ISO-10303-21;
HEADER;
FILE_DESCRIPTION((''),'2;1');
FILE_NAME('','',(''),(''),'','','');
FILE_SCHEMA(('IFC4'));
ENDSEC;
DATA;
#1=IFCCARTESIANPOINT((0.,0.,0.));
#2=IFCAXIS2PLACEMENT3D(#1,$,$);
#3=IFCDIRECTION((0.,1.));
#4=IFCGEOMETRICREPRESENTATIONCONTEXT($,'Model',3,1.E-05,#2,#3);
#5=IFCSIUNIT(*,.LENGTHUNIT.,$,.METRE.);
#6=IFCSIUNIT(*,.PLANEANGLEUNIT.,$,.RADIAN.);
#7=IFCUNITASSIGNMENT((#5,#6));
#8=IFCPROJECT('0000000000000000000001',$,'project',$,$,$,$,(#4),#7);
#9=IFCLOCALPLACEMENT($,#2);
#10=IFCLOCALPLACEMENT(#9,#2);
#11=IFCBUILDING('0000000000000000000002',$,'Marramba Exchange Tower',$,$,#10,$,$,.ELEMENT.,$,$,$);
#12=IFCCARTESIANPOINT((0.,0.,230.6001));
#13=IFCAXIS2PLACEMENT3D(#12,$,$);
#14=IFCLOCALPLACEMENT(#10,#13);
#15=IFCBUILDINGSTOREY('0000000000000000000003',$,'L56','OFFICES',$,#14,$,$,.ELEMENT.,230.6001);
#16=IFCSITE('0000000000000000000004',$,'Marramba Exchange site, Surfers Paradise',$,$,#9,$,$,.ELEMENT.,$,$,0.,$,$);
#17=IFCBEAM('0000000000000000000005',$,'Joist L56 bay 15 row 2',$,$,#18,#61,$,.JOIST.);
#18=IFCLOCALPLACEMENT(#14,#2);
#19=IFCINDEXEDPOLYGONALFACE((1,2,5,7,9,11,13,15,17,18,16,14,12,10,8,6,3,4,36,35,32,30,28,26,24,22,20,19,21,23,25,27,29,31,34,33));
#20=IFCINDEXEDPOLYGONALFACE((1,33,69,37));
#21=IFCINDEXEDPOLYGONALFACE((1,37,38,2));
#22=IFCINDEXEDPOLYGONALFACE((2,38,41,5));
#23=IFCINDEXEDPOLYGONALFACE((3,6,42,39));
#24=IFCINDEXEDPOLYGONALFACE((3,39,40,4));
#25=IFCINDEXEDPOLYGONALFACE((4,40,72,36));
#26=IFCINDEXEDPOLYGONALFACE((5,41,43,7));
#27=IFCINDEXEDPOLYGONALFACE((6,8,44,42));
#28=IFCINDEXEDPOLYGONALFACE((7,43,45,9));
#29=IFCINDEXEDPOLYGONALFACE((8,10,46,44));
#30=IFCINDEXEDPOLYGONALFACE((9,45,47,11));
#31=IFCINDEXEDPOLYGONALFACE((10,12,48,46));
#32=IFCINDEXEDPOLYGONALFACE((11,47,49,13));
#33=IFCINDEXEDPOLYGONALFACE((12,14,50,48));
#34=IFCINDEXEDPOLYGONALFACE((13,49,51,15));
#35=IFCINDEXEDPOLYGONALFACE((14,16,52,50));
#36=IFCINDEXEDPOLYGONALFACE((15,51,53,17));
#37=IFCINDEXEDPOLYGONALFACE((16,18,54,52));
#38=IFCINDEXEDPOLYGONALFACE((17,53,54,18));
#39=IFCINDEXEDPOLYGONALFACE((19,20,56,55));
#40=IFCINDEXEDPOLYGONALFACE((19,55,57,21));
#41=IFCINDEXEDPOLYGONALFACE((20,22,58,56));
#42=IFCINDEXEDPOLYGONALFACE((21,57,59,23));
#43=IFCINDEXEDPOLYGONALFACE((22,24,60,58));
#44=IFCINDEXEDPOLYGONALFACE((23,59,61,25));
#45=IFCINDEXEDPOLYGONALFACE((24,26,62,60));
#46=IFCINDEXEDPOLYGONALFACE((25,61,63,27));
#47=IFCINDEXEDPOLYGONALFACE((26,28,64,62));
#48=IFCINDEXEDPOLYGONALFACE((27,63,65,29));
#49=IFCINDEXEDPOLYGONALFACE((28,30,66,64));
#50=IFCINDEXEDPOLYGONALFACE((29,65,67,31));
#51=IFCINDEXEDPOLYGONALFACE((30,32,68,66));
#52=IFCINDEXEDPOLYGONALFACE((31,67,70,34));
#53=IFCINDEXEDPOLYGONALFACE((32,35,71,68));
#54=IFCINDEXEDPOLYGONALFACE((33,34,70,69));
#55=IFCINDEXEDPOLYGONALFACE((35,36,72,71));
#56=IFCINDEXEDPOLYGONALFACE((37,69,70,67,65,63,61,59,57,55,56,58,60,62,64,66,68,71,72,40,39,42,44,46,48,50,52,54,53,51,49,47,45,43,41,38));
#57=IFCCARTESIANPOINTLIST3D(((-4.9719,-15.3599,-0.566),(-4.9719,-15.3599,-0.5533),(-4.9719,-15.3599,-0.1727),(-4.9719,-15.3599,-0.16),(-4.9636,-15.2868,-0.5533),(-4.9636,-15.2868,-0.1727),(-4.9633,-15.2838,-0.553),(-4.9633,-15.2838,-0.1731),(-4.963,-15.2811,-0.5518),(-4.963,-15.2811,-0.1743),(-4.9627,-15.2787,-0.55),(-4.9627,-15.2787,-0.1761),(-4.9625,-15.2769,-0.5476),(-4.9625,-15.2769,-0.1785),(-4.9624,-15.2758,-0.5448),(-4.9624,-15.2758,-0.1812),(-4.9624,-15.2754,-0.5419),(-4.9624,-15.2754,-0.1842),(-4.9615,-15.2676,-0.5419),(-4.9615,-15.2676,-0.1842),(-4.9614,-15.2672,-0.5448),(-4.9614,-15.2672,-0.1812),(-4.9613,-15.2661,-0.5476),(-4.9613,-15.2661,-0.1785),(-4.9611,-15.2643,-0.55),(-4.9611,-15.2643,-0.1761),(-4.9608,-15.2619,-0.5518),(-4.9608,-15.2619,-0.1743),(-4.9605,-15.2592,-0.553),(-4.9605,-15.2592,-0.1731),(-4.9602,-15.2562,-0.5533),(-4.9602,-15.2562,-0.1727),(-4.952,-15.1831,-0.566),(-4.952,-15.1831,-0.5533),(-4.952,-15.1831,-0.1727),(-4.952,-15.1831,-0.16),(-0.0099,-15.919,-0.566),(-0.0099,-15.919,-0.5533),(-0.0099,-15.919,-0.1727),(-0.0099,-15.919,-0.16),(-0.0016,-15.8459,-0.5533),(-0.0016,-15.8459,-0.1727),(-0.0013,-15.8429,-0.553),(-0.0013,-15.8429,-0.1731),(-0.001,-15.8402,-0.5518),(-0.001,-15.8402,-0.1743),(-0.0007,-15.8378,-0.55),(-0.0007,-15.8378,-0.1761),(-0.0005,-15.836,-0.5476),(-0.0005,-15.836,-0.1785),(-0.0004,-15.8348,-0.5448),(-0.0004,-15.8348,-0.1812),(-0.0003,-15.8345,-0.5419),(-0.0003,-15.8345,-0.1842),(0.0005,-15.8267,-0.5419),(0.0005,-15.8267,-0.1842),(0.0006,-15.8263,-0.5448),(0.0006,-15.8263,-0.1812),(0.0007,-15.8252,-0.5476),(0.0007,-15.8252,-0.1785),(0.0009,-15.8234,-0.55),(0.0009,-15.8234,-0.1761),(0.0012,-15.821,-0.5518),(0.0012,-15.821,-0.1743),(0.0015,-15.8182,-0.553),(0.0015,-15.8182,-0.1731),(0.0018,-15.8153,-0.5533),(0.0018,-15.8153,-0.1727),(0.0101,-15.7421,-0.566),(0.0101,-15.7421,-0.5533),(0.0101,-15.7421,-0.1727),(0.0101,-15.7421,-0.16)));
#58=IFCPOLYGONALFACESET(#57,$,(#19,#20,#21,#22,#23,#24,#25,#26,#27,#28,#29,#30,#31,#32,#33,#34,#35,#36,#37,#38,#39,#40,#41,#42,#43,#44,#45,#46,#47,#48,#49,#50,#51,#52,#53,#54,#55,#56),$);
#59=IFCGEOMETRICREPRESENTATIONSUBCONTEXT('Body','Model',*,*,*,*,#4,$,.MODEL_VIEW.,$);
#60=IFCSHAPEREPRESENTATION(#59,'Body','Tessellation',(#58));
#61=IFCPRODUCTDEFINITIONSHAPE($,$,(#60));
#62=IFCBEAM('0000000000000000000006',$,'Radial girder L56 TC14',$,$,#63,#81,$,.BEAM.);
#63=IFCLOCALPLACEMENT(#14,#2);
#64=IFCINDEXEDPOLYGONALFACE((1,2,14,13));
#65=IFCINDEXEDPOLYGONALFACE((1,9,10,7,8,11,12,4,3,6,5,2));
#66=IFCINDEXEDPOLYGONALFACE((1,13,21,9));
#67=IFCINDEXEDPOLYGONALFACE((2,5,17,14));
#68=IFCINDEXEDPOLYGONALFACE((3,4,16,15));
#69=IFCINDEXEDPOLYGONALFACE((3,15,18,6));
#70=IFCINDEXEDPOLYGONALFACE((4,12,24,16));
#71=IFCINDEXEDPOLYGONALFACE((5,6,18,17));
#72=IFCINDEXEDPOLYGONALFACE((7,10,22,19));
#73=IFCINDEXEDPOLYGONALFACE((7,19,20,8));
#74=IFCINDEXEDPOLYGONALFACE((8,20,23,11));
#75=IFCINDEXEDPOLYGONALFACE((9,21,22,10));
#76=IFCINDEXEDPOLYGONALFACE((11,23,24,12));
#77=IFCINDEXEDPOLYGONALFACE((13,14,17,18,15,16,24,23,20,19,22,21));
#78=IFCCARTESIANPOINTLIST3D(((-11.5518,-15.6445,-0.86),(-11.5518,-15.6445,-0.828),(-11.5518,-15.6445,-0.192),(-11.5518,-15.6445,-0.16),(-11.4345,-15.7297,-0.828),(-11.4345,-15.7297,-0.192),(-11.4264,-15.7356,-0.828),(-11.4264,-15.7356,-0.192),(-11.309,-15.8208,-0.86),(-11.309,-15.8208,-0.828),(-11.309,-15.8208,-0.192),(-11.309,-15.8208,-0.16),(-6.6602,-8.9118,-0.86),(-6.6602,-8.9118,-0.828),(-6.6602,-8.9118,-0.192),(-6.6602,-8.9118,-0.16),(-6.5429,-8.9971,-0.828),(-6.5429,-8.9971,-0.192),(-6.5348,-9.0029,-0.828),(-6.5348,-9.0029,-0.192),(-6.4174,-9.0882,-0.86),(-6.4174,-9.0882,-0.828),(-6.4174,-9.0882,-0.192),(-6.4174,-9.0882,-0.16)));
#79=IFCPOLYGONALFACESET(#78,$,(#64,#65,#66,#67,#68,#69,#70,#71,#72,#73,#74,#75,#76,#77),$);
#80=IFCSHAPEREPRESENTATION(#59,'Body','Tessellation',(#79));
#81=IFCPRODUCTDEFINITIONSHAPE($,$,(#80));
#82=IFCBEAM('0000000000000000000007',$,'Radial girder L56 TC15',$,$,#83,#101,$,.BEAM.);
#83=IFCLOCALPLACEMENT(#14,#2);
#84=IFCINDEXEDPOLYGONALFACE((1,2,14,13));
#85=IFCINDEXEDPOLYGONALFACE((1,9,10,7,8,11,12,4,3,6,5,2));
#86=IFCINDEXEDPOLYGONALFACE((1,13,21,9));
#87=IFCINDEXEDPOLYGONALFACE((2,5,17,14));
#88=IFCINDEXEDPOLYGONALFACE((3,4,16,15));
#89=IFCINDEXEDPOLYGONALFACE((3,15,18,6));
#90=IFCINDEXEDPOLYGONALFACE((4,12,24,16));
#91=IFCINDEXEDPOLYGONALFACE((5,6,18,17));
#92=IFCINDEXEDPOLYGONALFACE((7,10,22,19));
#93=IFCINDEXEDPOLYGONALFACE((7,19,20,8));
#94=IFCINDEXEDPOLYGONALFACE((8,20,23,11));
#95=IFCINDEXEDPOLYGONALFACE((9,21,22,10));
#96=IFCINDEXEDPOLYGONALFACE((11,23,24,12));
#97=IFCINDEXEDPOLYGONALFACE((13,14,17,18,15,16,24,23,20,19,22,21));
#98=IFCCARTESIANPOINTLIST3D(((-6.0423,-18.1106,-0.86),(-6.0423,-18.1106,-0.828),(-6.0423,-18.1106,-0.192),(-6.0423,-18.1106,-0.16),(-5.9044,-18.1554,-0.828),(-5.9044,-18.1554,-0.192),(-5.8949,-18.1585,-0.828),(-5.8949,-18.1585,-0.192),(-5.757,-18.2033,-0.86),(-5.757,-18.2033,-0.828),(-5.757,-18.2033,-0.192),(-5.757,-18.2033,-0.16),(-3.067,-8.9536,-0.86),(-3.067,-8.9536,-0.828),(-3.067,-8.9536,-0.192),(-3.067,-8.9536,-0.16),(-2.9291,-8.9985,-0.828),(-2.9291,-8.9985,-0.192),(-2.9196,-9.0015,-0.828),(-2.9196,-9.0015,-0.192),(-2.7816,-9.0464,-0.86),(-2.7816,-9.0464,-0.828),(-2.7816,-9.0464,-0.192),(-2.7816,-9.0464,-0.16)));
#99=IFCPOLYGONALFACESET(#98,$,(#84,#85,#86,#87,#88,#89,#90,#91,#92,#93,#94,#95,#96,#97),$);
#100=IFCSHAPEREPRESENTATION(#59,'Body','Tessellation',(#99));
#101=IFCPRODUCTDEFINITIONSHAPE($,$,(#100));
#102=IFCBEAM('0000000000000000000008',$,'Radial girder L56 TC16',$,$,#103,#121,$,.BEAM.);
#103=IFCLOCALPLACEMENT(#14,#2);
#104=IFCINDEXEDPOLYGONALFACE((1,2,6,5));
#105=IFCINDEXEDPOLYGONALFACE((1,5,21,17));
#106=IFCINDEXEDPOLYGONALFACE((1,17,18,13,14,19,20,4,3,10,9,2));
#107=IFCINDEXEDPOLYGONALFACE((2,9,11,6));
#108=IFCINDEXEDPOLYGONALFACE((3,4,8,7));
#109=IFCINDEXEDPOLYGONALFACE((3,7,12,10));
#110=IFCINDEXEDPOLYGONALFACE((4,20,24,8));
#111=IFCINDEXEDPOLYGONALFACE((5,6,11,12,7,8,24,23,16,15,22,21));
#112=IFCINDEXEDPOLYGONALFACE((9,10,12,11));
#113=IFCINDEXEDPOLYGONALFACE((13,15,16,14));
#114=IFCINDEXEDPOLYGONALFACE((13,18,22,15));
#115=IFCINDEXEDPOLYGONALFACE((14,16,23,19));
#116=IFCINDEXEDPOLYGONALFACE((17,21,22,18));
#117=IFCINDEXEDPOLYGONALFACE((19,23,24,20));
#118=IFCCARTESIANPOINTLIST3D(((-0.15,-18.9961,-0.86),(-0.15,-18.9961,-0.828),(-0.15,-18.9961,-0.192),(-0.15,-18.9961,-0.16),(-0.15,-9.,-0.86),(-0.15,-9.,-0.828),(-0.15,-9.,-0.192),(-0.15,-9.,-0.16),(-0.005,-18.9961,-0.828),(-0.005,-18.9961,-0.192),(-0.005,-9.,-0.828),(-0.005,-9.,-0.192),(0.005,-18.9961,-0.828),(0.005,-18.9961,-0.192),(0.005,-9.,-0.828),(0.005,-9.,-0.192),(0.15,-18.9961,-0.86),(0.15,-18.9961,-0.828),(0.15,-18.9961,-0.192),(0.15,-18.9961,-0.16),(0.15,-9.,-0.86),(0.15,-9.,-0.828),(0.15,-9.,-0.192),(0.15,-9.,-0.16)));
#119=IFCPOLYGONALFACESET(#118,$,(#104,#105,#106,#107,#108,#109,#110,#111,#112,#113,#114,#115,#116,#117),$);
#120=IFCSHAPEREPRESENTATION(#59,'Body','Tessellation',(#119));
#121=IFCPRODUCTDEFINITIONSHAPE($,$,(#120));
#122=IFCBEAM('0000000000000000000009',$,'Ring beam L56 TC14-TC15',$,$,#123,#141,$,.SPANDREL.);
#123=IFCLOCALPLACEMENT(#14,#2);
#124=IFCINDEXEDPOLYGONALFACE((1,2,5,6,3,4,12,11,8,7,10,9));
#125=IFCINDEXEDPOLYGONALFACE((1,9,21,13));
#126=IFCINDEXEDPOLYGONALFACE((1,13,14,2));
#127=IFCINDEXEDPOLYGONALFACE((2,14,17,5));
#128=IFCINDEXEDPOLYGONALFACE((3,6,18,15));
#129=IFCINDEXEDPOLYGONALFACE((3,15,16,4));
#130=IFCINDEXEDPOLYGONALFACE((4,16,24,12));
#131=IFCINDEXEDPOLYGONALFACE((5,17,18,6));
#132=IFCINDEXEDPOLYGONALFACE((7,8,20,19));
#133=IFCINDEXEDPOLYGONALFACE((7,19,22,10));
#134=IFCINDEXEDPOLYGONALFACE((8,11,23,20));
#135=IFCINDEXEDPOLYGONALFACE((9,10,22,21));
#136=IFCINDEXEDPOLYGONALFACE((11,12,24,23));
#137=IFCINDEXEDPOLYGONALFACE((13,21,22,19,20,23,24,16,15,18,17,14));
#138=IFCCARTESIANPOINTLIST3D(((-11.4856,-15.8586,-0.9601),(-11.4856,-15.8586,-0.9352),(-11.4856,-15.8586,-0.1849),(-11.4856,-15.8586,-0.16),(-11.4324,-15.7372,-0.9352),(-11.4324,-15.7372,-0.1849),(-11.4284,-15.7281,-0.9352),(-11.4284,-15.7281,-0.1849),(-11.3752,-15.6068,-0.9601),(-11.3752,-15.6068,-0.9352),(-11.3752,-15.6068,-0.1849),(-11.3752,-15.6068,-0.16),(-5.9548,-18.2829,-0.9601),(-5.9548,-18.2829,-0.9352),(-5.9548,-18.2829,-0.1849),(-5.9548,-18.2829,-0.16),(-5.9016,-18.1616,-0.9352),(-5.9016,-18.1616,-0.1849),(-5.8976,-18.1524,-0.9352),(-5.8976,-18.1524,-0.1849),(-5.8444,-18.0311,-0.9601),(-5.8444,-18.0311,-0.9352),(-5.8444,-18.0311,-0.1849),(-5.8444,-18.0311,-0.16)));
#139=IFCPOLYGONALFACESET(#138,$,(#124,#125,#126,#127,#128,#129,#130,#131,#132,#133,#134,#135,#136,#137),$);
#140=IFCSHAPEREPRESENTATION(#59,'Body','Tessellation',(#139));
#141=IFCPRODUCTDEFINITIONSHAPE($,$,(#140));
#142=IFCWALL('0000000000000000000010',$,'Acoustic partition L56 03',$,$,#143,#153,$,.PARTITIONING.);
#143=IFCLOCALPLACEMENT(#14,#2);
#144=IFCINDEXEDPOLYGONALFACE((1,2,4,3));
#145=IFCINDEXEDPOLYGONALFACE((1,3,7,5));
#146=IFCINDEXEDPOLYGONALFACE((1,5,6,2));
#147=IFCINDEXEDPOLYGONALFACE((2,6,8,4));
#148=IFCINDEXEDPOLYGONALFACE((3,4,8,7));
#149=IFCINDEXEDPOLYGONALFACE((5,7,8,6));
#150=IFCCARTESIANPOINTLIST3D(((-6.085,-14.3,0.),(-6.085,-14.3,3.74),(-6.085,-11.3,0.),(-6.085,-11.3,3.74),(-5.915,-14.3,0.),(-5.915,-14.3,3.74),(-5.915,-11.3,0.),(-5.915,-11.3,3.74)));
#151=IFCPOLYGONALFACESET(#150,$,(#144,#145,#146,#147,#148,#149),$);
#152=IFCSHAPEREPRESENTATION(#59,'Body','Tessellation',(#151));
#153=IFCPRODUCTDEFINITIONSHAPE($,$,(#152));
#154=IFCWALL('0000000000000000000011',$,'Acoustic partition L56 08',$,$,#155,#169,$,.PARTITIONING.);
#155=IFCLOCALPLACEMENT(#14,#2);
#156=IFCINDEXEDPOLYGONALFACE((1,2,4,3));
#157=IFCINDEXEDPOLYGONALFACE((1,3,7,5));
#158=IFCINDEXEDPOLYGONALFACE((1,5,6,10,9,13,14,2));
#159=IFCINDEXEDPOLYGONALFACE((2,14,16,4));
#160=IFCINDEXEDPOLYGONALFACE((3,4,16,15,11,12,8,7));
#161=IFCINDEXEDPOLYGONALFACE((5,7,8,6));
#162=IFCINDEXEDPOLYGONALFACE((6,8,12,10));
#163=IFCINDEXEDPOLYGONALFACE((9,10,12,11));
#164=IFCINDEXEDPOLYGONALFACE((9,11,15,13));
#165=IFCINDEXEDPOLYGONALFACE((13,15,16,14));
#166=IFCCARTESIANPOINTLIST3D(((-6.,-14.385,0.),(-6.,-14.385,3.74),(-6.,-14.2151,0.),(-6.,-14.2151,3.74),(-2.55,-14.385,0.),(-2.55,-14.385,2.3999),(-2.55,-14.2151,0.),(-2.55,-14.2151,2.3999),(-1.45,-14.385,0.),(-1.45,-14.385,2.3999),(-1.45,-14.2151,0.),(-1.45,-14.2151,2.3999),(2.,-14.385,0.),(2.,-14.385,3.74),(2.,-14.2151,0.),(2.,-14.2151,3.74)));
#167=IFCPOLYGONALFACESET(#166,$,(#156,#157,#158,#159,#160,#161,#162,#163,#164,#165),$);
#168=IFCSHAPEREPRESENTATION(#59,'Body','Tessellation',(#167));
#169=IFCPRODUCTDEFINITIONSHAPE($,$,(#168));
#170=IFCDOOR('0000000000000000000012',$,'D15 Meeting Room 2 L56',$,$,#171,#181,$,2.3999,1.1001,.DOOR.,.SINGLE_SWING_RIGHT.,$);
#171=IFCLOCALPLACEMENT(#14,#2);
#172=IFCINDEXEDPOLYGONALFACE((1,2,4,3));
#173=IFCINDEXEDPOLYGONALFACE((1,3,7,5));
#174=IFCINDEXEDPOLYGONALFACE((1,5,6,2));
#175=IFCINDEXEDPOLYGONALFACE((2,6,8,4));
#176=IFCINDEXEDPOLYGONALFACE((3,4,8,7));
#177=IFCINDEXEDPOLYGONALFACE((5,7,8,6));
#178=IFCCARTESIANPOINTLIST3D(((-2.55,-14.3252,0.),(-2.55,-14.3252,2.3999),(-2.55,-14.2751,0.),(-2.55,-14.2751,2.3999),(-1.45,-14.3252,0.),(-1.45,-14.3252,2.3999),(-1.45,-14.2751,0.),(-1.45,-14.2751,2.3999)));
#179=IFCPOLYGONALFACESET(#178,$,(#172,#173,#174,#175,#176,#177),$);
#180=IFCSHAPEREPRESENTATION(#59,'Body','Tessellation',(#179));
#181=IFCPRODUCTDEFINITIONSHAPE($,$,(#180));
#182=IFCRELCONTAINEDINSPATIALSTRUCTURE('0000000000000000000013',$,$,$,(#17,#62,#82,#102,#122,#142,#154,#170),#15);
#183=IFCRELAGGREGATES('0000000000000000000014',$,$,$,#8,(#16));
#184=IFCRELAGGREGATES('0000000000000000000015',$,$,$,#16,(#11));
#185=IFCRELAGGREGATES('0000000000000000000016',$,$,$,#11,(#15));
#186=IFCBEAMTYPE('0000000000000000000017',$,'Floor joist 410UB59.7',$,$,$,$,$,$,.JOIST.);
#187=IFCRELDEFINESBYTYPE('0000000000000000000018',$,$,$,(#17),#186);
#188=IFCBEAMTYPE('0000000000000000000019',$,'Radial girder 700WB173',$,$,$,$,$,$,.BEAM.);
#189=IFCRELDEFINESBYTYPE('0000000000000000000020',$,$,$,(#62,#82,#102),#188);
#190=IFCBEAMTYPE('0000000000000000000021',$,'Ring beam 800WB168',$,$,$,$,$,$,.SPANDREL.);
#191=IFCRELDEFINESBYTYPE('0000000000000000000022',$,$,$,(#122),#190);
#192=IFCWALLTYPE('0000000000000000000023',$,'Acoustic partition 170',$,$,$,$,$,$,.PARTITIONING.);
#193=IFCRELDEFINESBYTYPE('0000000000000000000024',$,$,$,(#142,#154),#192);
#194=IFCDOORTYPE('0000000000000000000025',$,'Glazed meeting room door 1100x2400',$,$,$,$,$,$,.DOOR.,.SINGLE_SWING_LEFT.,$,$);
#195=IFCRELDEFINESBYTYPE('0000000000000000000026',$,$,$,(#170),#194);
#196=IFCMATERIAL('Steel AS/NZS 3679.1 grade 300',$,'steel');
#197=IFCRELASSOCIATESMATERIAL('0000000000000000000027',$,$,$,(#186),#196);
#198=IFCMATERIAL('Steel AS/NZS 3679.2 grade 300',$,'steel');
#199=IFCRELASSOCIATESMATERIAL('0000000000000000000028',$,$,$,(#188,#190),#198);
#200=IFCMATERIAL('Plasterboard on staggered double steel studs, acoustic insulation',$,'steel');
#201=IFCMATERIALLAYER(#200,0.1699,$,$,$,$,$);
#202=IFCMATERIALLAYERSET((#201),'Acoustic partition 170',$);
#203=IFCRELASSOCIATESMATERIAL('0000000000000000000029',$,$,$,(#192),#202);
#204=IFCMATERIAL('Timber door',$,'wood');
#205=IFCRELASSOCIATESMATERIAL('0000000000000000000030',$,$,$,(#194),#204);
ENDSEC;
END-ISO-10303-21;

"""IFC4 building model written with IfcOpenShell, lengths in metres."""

from ifc_helpers import new_model, si_unit, direction, frame, frame_2d, origin, origin_2d, place, context, subcontext, project, spatial, rectangle, i_section, extrude, material, layer, layer_set, material_profile, profile_set, type_object, element, fill, save


model = new_model("IFC4")

# Units and contexts
model_context = context("Model", 3, precision=1e-05, world=origin(), true_north=direction((0.0, 1.0)))
body_context = subcontext(model_context, "Body", "Model", "MODEL_VIEW")
ifc_project = project(units=[si_unit("LENGTHUNIT", "METRE"), si_unit("PLANEANGLEUNIT", "RADIAN")], contexts=[model_context])

# Site, building, storey
site_placement = place(None, origin())
site = spatial("IfcSite", under=ifc_project, at=site_placement, Name="Marramba Exchange site, Surfers Paradise", CompositionType="ELEMENT", RefElevation=0.0)
building_placement = place(site_placement, origin())
building = spatial("IfcBuilding", under=site, at=building_placement, Name="Marramba Exchange Tower", CompositionType="ELEMENT")
storey_placement = place(building_placement, frame((0.0, 0.0, 230.6001)))
storey = spatial("IfcBuildingStorey", under=building, at=storey_placement, Name="L56", Description="OFFICES", CompositionType="ELEMENT", Elevation=230.6001)

# Beams
ifc_material_1 = material(Name="Steel AS/NZS 3679.2 grade 300", Category="steel")
ifc_material_2 = material(Name="Steel AS/NZS 3679.1 grade 300", Category="steel")
ifc_material_profile_1 = material_profile(ifc_material_2, i_section(OverallWidth=0.178, OverallDepth=0.406, WebThickness=0.0078, FlangeThickness=0.0127, FilletRadius=0.0115, at=origin_2d()), Name="410UB59.7")
ifc_profile_set_1 = profile_set([ifc_material_profile_1], Name="Steel AS/NZS 3679.1 grade 300")
beam_type_1 = type_object("IfcBeamType", Name="Floor joist 410UB59.7", PredefinedType="JOIST", material=ifc_profile_set_1)
beam_1_placement = place(storey_placement, frame((-4.9619, -15.2715, -0.363), z_axis=(0.993712, -0.111966, 0.0), x_axis=(0.111966, 0.993712, 0.0)))
element("IfcBeam", 1, at=beam_1_placement, inside=storey, type_object=beam_type_1, Name="Joist L56 bay 15 row 2", PredefinedType="JOIST", context=body_context, shape_type="SweptSolid", body=[
    extrude(i_section(OverallWidth=0.178, OverallDepth=0.406, WebThickness=0.0078, FlangeThickness=0.0127, FilletRadius=0.0115, at=origin_2d()), origin(), (0.0, 0.0, 1.0), 4.9934),
])
ifc_material_profile_2 = material_profile(ifc_material_1, i_section(OverallWidth=0.3, OverallDepth=0.7, WebThickness=0.01, FlangeThickness=0.032, at=origin_2d()), Name="700WB173")
ifc_profile_set_2 = profile_set([ifc_material_profile_2], Name="Steel AS/NZS 3679.2 grade 300")
beam_type_2 = type_object("IfcBeamType", Name="Radial girder 700WB173", PredefinedType="BEAM", material=ifc_profile_set_2)
beam_2_placement = place(storey_placement, frame((-6.5388, -9.0, -0.51), z_axis=(-0.587788, -0.809015, 0.0), x_axis=(0.809015, -0.587788, 0.0)))
element("IfcBeam", 2, at=beam_2_placement, inside=storey, type_object=beam_type_2, Name="Radial girder L56 TC14", PredefinedType="BEAM", context=body_context, shape_type="SweptSolid", body=[
    extrude(i_section(OverallWidth=0.3, OverallDepth=0.7, WebThickness=0.01, FlangeThickness=0.032, at=origin_2d()), origin(), (0.0, 0.0, 1.0), 8.322),
])
beam_3_placement = place(storey_placement, frame((-2.9243, -9.0, -0.51), z_axis=(-0.309022, -0.951055, 0.0), x_axis=(0.951055, -0.309022, 0.0)))
element("IfcBeam", 3, at=beam_3_placement, inside=storey, type_object=beam_type_2, Name="Radial girder L56 TC15", PredefinedType="BEAM", context=body_context, shape_type="SweptSolid", body=[
    extrude(i_section(OverallWidth=0.3, OverallDepth=0.7, WebThickness=0.01, FlangeThickness=0.032, at=origin_2d()), origin(), (0.0, 0.0, 1.0), 9.6282),
])
beam_4_placement = place(storey_placement, frame((0.0, -9.0, -0.51), z_axis=(0.0, -1.0, 0.0), x_axis=(1.0, 0.0, 0.0)))
element("IfcBeam", 4, at=beam_4_placement, inside=storey, type_object=beam_type_2, Name="Radial girder L56 TC16", PredefinedType="BEAM", context=body_context, shape_type="SweptSolid", body=[
    extrude(i_section(OverallWidth=0.3, OverallDepth=0.7, WebThickness=0.01, FlangeThickness=0.032, at=origin_2d()), origin(), (0.0, 0.0, 1.0), 9.9961),
])
ifc_material_profile_3 = material_profile(ifc_material_1, i_section(OverallWidth=0.2749, OverallDepth=0.8, WebThickness=0.01, FlangeThickness=0.0249, at=origin_2d()), Name="800WB168")
ifc_profile_set_3 = profile_set([ifc_material_profile_3], Name="Steel AS/NZS 3679.2 grade 300")
beam_type_3 = type_object("IfcBeamType", Name="Ring beam 800WB168", PredefinedType="SPANDREL", material=ifc_profile_set_3)
beam_5_placement = place(storey_placement, frame((-11.4304, -15.7327, -0.5601), z_axis=(0.915877, -0.401459, 0.0), x_axis=(0.401459, 0.915877, 0.0)))
element("IfcBeam", 5, at=beam_5_placement, inside=storey, type_object=beam_type_3, Name="Ring beam L56 TC14-TC15", PredefinedType="SPANDREL", context=body_context, shape_type="SweptSolid", body=[
    extrude(i_section(OverallWidth=0.2749, OverallDepth=0.8, WebThickness=0.01, FlangeThickness=0.0249, at=origin_2d()), origin(), (0.0, 0.0, 1.0), 6.0388),
])

# Wall
ifc_material_3 = material(Name="Plasterboard on staggered double steel studs, acoustic insulation", Category="steel")
ifc_layer_1 = layer(ifc_material_3, 0.1699)
ifc_layer_set_1 = layer_set([ifc_layer_1], Name="Acoustic partition 170")
wall_type_1 = type_object("IfcWallType", Name="Acoustic partition 170", PredefinedType="PARTITIONING", material=ifc_layer_set_1)
wall_1_placement = place(storey_placement, frame((-6.0, -11.3, 0.0), z_axis=(0.0, 0.0, 1.0), x_axis=(0.0, -1.0, 0.0)))
element("IfcWall", 6, at=wall_1_placement, inside=storey, type_object=wall_type_1, Name="Acoustic partition L56 03", PredefinedType="PARTITIONING", context=body_context, shape_type="SweptSolid", body=[
    extrude(rectangle(XDim=3.0, YDim=0.1699, at=frame_2d((1.5, 0.0))), origin(), (0.0, 0.0, 1.0), 3.74),
])

# Wall, opening, door
wall_2_placement = place(storey_placement, frame((-6.0, -14.3, 0.0), z_axis=(0.0, 0.0, 1.0), x_axis=(1.0, 0.0, 0.0)))
wall_2 = element("IfcWall", 7, at=wall_2_placement, inside=storey, type_object=wall_type_1, Name="Acoustic partition L56 08", PredefinedType="PARTITIONING", context=body_context, shape_type="SweptSolid", body=[
    extrude(rectangle(XDim=8.0, YDim=0.1699, at=frame_2d((4.0, 0.0))), origin(), (0.0, 0.0, 1.0), 3.74),
])
opening_1_placement = place(wall_2_placement, frame((3.45, 0.0, 0.0)))
opening_1 = element("IfcOpeningElement", 8, at=opening_1_placement, cuts=wall_2, PredefinedType="OPENING", context=body_context, shape_type="SweptSolid", body=[
    extrude(rectangle(XDim=1.1001, YDim=2.3999, at=frame_2d((0.55, 1.2))), frame((0.0, 0.095, 0.0), z_axis=(0.0, -1.0, 0.0), x_axis=(1.0, 0.0, 0.0)), (0.0, 0.0, 1.0), 0.1899),
])
ifc_material_4 = material(Name="Timber door", Category="wood")
door_type_1 = type_object("IfcDoorType", Name="Glazed meeting room door 1100x2400", OperationType="SINGLE_SWING_LEFT", PredefinedType="DOOR", material=ifc_material_4)
door_1_placement = place(opening_1_placement, origin())
door_1 = element("IfcDoor", 9, at=door_1_placement, inside=storey, type_object=door_type_1, Name="D15 Meeting Room 2 L56", OperationType="SINGLE_SWING_RIGHT", OverallHeight=2.3999, OverallWidth=1.1001, PredefinedType="DOOR", context=body_context, shape_type="SweptSolid", body=[
    extrude(rectangle(XDim=1.1001, YDim=2.3999, at=frame_2d((0.55, 1.2))), frame((0.0, 0.0249, 0.0), z_axis=(0.0, -1.0, 0.0), x_axis=(1.0, 0.0, 0.0)), (0.0, 0.0, 1.0), 0.05),
])
fill(opening_1, door_1)

save(model, "model.ifc")
